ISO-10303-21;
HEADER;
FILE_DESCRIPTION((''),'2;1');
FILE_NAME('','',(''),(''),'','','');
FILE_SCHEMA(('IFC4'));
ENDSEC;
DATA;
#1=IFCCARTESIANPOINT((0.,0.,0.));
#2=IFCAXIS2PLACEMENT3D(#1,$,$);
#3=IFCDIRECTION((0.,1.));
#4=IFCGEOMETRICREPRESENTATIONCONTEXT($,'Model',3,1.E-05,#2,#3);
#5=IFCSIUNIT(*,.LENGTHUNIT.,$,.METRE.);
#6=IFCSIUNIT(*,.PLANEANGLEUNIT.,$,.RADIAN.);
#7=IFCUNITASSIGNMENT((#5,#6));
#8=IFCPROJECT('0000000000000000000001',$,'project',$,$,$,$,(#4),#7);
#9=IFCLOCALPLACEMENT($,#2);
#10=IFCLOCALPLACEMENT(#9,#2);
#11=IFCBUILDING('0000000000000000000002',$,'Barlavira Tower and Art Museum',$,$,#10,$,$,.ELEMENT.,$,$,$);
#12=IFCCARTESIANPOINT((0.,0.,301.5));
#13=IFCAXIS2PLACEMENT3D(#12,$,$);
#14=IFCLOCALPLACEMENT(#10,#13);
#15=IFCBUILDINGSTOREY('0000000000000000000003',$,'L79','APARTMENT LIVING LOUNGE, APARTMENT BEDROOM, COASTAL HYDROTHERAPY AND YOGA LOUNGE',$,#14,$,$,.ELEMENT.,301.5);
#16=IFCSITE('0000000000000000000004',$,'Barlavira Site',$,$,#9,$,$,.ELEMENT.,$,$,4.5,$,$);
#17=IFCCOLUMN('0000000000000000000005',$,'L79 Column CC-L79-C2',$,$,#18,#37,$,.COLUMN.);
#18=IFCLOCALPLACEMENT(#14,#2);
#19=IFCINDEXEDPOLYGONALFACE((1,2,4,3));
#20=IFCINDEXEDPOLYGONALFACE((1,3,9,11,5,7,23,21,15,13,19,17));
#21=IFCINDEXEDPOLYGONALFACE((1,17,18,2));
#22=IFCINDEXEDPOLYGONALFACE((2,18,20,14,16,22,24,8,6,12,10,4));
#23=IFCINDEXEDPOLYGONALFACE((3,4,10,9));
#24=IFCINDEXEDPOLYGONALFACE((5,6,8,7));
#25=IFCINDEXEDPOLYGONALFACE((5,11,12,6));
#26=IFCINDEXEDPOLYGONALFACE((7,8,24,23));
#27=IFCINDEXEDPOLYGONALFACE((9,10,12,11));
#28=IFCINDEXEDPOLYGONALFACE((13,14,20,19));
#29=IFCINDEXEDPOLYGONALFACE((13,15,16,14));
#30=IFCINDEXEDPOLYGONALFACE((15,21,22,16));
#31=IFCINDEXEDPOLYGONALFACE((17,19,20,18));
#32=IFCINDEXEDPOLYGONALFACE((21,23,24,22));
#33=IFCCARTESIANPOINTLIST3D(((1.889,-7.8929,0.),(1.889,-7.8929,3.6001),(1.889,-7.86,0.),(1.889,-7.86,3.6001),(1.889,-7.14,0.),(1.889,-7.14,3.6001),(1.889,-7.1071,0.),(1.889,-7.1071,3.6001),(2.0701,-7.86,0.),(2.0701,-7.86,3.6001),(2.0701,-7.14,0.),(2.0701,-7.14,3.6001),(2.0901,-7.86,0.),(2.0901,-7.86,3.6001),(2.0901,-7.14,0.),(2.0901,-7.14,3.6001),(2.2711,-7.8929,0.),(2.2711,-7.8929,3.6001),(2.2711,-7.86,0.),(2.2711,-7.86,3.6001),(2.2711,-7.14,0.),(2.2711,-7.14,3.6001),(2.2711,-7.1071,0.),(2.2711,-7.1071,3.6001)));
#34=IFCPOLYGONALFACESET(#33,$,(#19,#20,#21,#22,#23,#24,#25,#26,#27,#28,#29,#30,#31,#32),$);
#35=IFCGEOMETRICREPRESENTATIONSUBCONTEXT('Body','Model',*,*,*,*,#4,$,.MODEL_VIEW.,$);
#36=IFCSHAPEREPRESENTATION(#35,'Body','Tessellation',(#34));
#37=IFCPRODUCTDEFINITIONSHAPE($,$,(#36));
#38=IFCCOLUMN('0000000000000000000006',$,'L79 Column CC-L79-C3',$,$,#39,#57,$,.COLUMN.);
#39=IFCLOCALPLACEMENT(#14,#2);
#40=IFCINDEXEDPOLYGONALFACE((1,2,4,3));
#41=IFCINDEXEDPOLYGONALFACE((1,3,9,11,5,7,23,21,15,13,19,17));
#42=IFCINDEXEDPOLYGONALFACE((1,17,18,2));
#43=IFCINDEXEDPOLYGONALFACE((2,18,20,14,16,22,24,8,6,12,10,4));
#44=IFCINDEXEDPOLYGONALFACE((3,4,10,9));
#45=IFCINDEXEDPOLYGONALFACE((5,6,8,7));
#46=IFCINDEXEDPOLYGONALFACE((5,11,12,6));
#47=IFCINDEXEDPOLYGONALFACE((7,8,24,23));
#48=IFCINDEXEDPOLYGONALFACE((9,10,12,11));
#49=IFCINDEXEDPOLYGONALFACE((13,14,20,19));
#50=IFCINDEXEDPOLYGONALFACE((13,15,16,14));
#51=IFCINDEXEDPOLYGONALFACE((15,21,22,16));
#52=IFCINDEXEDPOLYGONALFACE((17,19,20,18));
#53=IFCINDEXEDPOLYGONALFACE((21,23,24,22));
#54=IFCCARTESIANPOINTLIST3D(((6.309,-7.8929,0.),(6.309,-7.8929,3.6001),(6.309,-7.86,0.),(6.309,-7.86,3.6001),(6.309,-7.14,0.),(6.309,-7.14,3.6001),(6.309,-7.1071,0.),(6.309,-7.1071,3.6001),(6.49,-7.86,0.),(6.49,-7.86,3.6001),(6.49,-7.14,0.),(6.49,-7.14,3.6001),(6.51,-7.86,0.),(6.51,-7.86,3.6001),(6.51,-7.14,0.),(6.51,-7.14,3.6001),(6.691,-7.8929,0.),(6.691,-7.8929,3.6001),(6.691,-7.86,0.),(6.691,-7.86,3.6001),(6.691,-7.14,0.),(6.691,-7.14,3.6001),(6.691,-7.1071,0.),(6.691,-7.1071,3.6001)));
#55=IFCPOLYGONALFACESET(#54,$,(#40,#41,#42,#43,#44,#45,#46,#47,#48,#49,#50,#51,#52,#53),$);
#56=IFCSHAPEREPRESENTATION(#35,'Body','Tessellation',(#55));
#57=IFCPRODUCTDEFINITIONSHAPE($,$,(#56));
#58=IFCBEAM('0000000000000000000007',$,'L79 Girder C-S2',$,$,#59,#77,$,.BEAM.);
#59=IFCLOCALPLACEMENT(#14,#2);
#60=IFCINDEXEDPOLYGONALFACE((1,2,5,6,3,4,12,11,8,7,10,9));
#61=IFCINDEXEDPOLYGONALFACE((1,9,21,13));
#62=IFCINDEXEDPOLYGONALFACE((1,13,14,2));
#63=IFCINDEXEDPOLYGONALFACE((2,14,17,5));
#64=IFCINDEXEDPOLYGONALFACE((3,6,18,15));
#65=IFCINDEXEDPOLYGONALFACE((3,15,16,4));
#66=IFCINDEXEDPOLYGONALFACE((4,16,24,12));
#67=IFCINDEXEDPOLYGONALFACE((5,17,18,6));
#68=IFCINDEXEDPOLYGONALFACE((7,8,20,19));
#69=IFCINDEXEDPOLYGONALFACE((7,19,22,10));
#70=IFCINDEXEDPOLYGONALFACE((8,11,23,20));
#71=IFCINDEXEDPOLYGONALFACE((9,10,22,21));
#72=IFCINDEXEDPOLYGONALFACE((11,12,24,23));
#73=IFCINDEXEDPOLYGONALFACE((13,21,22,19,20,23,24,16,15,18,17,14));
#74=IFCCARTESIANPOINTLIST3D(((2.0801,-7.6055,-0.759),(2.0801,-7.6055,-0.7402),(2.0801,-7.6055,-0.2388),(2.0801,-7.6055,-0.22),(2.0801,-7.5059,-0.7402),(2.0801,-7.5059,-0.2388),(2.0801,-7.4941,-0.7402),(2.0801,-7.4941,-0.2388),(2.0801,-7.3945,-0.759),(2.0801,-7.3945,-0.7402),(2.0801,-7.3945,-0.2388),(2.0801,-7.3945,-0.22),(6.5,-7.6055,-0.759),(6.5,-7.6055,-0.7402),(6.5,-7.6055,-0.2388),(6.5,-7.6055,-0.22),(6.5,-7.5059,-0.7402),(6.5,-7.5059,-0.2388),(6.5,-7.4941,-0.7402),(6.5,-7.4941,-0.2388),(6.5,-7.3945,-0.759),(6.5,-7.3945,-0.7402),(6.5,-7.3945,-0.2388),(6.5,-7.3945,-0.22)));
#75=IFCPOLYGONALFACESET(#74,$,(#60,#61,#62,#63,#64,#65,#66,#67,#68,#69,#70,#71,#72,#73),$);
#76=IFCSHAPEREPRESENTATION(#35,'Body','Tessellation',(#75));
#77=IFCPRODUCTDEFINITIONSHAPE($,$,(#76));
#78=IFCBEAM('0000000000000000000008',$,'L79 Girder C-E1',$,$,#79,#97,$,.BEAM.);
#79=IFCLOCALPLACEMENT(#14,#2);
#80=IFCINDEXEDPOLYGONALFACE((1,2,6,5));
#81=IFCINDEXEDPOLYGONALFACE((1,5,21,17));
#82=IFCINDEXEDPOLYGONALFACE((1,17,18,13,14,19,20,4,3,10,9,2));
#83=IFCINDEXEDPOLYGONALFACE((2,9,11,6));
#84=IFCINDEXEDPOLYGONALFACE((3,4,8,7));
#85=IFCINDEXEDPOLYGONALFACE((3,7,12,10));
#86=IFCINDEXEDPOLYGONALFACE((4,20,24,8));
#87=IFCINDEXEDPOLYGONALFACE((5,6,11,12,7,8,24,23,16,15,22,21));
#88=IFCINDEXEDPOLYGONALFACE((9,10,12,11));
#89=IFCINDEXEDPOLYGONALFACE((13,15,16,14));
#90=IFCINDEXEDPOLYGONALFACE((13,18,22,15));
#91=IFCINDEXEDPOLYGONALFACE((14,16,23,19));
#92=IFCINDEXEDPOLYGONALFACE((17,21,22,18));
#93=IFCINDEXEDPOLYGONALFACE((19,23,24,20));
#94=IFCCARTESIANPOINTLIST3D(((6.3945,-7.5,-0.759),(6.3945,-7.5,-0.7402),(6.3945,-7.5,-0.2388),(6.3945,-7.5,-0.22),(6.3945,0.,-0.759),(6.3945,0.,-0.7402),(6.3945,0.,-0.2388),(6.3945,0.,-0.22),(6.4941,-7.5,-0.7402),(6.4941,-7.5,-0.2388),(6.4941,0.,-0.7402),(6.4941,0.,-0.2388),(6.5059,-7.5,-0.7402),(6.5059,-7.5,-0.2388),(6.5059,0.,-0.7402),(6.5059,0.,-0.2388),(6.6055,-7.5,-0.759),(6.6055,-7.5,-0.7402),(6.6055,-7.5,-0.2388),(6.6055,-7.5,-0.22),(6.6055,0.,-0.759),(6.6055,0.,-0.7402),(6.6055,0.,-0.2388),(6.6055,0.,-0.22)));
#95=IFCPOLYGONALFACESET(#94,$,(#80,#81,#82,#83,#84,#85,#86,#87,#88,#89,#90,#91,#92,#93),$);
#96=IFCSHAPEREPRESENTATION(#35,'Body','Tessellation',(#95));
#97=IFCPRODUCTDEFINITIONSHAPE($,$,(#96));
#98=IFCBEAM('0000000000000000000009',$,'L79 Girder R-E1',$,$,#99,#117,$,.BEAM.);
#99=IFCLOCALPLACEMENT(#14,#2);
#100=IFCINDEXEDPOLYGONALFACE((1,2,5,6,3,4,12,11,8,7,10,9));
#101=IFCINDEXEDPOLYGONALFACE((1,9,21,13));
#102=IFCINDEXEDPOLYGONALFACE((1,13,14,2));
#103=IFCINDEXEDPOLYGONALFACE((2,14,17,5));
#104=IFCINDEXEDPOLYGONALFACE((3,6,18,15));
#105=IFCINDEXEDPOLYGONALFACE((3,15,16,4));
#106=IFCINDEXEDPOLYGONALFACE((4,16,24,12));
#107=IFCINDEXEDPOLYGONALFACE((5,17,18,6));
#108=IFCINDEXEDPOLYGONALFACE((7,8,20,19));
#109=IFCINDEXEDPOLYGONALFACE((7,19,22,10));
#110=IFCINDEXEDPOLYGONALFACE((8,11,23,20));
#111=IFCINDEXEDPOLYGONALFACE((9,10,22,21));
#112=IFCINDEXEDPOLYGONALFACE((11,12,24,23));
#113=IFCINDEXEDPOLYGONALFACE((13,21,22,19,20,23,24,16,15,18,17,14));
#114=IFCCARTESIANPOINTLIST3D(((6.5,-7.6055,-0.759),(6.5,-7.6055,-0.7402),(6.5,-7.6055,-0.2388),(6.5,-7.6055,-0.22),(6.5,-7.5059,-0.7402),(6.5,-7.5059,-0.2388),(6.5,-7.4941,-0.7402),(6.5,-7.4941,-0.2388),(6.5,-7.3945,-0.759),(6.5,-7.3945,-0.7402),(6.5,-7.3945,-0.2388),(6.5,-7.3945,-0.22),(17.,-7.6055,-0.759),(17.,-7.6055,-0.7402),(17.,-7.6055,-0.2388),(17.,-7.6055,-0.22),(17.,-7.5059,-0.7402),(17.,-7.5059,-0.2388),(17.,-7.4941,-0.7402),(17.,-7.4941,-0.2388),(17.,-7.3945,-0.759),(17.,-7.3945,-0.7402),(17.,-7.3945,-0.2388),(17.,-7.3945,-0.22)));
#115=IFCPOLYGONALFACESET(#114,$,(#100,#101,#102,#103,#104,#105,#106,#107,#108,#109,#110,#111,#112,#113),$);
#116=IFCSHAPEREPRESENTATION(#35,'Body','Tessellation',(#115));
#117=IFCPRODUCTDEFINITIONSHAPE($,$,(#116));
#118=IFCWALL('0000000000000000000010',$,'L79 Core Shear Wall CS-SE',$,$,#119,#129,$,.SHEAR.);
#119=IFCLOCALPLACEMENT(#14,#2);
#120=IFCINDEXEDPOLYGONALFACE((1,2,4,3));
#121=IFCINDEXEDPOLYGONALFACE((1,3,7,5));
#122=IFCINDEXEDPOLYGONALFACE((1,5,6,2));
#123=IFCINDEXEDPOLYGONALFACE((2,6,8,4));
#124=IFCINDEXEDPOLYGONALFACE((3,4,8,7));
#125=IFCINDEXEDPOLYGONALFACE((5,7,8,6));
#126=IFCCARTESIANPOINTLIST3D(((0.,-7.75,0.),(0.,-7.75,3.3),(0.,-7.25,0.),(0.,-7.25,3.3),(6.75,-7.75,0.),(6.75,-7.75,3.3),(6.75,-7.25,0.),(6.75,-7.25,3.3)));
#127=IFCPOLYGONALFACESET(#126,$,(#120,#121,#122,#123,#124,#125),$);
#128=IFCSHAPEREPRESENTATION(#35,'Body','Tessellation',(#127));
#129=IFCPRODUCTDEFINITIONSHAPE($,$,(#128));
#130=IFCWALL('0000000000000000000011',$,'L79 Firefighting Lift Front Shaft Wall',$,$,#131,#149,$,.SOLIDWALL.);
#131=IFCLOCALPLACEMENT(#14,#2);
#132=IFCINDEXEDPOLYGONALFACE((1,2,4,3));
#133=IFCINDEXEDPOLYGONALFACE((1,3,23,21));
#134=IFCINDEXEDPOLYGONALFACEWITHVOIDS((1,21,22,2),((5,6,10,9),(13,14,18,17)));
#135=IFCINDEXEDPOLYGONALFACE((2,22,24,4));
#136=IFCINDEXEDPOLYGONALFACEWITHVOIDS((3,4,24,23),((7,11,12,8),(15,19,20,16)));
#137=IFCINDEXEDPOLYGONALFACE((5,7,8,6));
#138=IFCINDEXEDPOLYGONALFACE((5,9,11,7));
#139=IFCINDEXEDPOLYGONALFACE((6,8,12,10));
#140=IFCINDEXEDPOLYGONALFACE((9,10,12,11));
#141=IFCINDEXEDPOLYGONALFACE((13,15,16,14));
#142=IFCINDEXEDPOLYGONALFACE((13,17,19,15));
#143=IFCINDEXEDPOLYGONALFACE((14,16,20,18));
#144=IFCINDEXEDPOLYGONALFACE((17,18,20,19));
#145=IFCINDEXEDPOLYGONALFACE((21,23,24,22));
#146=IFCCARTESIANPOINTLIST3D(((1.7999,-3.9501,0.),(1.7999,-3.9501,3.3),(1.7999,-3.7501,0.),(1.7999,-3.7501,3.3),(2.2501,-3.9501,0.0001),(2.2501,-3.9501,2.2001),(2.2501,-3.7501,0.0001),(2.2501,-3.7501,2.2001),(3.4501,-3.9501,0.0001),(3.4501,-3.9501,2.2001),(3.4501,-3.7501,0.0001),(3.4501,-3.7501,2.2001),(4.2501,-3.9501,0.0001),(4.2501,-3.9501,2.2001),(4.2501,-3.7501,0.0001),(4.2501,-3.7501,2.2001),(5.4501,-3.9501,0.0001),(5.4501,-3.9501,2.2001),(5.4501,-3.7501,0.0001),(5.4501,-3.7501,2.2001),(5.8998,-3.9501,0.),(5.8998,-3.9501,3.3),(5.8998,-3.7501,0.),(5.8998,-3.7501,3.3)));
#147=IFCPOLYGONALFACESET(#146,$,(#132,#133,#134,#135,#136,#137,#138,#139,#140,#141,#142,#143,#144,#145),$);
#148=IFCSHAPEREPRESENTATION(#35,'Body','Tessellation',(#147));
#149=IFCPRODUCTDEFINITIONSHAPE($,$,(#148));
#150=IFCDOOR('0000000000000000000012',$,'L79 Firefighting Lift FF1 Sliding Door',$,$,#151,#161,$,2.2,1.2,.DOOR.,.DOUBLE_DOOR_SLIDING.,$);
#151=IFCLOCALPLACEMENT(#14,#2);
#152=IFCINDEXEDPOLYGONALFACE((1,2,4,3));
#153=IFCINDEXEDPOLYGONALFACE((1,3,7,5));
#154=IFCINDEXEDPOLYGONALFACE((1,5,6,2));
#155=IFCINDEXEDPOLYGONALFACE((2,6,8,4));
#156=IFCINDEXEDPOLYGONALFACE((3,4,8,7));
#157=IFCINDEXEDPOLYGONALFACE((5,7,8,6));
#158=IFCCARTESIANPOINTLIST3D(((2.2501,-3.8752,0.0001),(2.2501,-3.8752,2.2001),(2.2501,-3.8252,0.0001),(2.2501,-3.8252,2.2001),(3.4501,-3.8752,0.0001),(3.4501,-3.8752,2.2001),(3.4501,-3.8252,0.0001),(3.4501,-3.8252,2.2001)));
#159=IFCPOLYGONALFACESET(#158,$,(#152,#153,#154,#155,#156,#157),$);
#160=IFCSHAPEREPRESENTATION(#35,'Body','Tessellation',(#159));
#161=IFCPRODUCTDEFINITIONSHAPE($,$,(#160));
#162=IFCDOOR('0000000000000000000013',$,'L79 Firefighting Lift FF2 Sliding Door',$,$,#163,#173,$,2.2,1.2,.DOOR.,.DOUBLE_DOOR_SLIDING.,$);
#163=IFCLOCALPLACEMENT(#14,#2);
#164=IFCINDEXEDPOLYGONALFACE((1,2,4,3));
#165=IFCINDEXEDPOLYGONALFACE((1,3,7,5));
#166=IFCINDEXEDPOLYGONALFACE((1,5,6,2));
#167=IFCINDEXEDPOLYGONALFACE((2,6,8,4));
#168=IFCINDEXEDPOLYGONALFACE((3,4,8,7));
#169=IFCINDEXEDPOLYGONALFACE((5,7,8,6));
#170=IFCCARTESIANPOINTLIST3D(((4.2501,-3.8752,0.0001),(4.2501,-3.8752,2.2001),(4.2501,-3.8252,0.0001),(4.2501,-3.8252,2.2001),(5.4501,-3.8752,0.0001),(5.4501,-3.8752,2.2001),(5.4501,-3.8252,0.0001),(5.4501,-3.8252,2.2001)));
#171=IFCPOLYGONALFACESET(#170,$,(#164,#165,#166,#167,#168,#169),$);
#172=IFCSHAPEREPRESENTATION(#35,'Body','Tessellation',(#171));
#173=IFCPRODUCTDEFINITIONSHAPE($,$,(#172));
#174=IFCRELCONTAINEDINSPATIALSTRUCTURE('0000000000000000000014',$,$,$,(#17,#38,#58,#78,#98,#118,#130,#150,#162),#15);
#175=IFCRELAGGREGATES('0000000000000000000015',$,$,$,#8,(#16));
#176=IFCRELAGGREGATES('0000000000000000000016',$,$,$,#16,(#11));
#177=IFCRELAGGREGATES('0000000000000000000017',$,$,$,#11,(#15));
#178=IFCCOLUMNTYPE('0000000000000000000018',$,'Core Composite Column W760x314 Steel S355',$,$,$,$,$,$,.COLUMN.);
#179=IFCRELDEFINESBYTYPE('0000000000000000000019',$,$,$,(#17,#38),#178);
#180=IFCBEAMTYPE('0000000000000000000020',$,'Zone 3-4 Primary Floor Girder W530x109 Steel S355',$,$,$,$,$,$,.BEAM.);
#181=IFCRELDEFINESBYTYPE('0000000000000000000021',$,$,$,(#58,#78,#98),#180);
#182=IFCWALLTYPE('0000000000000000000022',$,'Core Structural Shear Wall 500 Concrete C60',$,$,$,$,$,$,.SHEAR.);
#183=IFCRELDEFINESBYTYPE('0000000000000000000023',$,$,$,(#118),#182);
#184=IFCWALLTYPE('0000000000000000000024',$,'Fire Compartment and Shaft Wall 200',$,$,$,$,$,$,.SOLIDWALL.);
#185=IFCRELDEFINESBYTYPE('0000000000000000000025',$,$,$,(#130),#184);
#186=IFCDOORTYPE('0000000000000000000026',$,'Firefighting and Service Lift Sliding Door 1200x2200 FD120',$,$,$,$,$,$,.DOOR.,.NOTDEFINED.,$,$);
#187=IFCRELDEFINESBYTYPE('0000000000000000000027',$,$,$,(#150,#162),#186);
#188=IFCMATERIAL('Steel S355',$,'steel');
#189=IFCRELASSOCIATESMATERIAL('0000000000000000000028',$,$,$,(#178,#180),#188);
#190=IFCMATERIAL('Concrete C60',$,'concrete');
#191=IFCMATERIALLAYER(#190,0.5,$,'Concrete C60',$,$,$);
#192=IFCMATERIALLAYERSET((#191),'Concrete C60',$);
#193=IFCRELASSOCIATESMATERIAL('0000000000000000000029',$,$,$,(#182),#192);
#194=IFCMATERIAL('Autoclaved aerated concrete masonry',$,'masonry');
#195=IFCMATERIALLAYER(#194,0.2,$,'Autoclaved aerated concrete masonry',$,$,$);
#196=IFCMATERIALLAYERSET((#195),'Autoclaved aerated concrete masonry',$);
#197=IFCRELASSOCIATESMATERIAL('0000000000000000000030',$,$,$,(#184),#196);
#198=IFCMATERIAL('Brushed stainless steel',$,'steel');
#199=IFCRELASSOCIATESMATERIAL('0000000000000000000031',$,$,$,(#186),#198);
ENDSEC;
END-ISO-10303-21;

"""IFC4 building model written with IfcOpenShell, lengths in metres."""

from ifc_helpers import new_model, si_unit, direction, frame, frame_2d, origin, origin_2d, place, context, subcontext, project, spatial, rectangle, i_section, extrude, material, layer, layer_set, material_profile, profile_set, type_object, element, fill, save


model = new_model("IFC4")

# Units and contexts
model_context = context("Model", 3, precision=1e-05, world=origin(), true_north=direction((0.0, 1.0)))
body_context = subcontext(model_context, "Body", "Model", "MODEL_VIEW")
ifc_project = project(units=[si_unit("LENGTHUNIT", "METRE"), si_unit("PLANEANGLEUNIT", "RADIAN")], contexts=[model_context])

# Site, building, storey
site_placement = place(None, origin())
site = spatial("IfcSite", under=ifc_project, at=site_placement, Name="Barlavira Site", CompositionType="ELEMENT", RefElevation=4.5)
building_placement = place(site_placement, origin())
building = spatial("IfcBuilding", under=site, at=building_placement, Name="Barlavira Tower and Art Museum", CompositionType="ELEMENT")
storey_placement = place(building_placement, frame((0.0, 0.0, 301.5)))
storey = spatial("IfcBuildingStorey", under=building, at=storey_placement, Name="L79", Description="APARTMENT LIVING LOUNGE, APARTMENT BEDROOM, COASTAL HYDROTHERAPY AND YOGA LOUNGE", CompositionType="ELEMENT", Elevation=301.5)

# Columns
ifc_material_1 = material(Name="Steel S355", Category="steel")
ifc_material_profile_1 = material_profile(ifc_material_1, i_section(OverallWidth=0.3821, OverallDepth=0.7859, WebThickness=0.02, FlangeThickness=0.033, at=origin_2d()), Name="W760x314.0")
ifc_profile_set_1 = profile_set([ifc_material_profile_1], Name="Steel S355")
column_type = type_object("IfcColumnType", Name="Core Composite Column W760x314 Steel S355", PredefinedType="COLUMN", material=ifc_profile_set_1)
for number, where, z_axis, x_axis, name in (
    (1, (2.0801, -7.5, 0.0), (0.0, 0.0, 1.0), (1.0, 0.0, 0.0), "L79 Column CC-L79-C2"),
    (2, (6.5, -7.5, 0.0), (0.0, 0.0, 1.0), (1.0, 0.0, 0.0), "L79 Column CC-L79-C3"),
):
    element("IfcColumn", number, at=place(storey_placement, frame(where, z_axis=z_axis, x_axis=x_axis)), inside=storey, type_object=column_type, Name=name, PredefinedType="COLUMN", context=body_context, shape_type="SweptSolid", body=[
        extrude(i_section(OverallWidth=0.3821, OverallDepth=0.7859, WebThickness=0.02, FlangeThickness=0.033, at=origin_2d()), origin(), (0.0, 0.0, 1.0), 3.6001),
    ])

# Beams
ifc_material_profile_2 = material_profile(ifc_material_1, i_section(OverallWidth=0.2109, OverallDepth=0.5391, WebThickness=0.0117, FlangeThickness=0.0188, at=origin_2d()), Name="W530x109.0")
ifc_profile_set_2 = profile_set([ifc_material_profile_2], Name="Steel S355")
beam_type = type_object("IfcBeamType", Name="Zone 3-4 Primary Floor Girder W530x109 Steel S355", PredefinedType="BEAM", material=ifc_profile_set_2)
beam_1_placement = place(storey_placement, frame((2.0801, -7.5, -0.4895), z_axis=(1.0, 0.0, 0.0), x_axis=(0.0, 1.0, 0.0)))
element("IfcBeam", 3, at=beam_1_placement, inside=storey, type_object=beam_type, Name="L79 Girder C-S2", PredefinedType="BEAM", context=body_context, shape_type="SweptSolid", body=[
    extrude(i_section(OverallWidth=0.2109, OverallDepth=0.5391, WebThickness=0.0117, FlangeThickness=0.0188, at=origin_2d()), origin(), (0.0, 0.0, 1.0), 4.4199),
])
beam_2_placement = place(storey_placement, frame((6.5, -7.5, -0.4895), z_axis=(0.0, 1.0, 0.0), x_axis=(-1.0, 0.0, 0.0)))
element("IfcBeam", 4, at=beam_2_placement, inside=storey, type_object=beam_type, Name="L79 Girder C-E1", PredefinedType="BEAM", context=body_context, shape_type="SweptSolid", body=[
    extrude(i_section(OverallWidth=0.2109, OverallDepth=0.5391, WebThickness=0.0117, FlangeThickness=0.0188, at=origin_2d()), origin(), (0.0, 0.0, 1.0), 7.5),
])
beam_3_placement = place(storey_placement, frame((6.5, -7.5, -0.4895), z_axis=(1.0, 0.0, 0.0), x_axis=(0.0, 1.0, 0.0)))
element("IfcBeam", 5, at=beam_3_placement, inside=storey, type_object=beam_type, Name="L79 Girder R-E1", PredefinedType="BEAM", context=body_context, shape_type="SweptSolid", body=[
    extrude(i_section(OverallWidth=0.2109, OverallDepth=0.5391, WebThickness=0.0117, FlangeThickness=0.0188, at=origin_2d()), origin(), (0.0, 0.0, 1.0), 10.5),
])

# Wall
ifc_material_2 = material(Name="Concrete C60", Category="concrete")
ifc_layer_1 = layer(ifc_material_2, 0.5, Name="Concrete C60")
ifc_layer_set_1 = layer_set([ifc_layer_1], Name="Concrete C60")
wall_type_1 = type_object("IfcWallType", Name="Core Structural Shear Wall 500 Concrete C60", PredefinedType="SHEAR", material=ifc_layer_set_1)
wall_1_placement = place(storey_placement, frame((0.0, -7.5, 0.0), z_axis=(0.0, 0.0, 1.0), x_axis=(1.0, 0.0, 0.0)))
element("IfcWall", 6, at=wall_1_placement, inside=storey, type_object=wall_type_1, Name="L79 Core Shear Wall CS-SE", PredefinedType="SHEAR", context=body_context, shape_type="SweptSolid", body=[
    extrude(rectangle(XDim=6.75, YDim=0.5, at=frame_2d((3.375, 0.0))), origin(), (0.0, 0.0, 1.0), 3.3),
])

# Shared definitions
ifc_material_3 = material(Name="Brushed stainless steel", Category="steel")

# Wall, openings, doors
ifc_material_4 = material(Name="Autoclaved aerated concrete masonry", Category="masonry")
ifc_layer_2 = layer(ifc_material_4, 0.2, Name="Autoclaved aerated concrete masonry")
ifc_layer_set_2 = layer_set([ifc_layer_2], Name="Autoclaved aerated concrete masonry")
wall_type_2 = type_object("IfcWallType", Name="Fire Compartment and Shaft Wall 200", PredefinedType="SOLIDWALL", material=ifc_layer_set_2)
wall_2_placement = place(storey_placement, frame((1.8, -3.8501, 0.0), z_axis=(0.0, 0.0, 1.0), x_axis=(1.0, 0.0, 0.0)))
wall_2 = element("IfcWall", 7, at=wall_2_placement, inside=storey, type_object=wall_type_2, Name="L79 Firefighting Lift Front Shaft Wall", PredefinedType="SOLIDWALL", context=body_context, shape_type="SweptSolid", body=[
    extrude(rectangle(XDim=4.0999, YDim=0.2, at=frame_2d((2.0498, 0.0))), origin(), (0.0, 0.0, 1.0), 3.3),
])
opening_1_placement = place(wall_2_placement, frame((0.45, 0.0, 0.0)))
opening_1 = element("IfcOpeningElement", 8, at=opening_1_placement, cuts=wall_2, PredefinedType="OPENING", context=body_context, shape_type="SweptSolid", body=[
    extrude(rectangle(XDim=1.2, YDim=2.2, at=frame_2d((0.6001, 1.1001))), frame((0.0, 0.1099, 0.0), z_axis=(0.0, -1.0, 0.0), x_axis=(1.0, 0.0, 0.0)), (0.0, 0.0, 1.0), 0.22),
])
opening_2_placement = place(wall_2_placement, frame((2.45, 0.0, 0.0)))
opening_2 = element("IfcOpeningElement", 9, at=opening_2_placement, cuts=wall_2, PredefinedType="OPENING", context=body_context, shape_type="SweptSolid", body=[
    extrude(rectangle(XDim=1.2, YDim=2.2, at=frame_2d((0.6001, 1.1001))), frame((0.0, 0.1099, 0.0), z_axis=(0.0, -1.0, 0.0), x_axis=(1.0, 0.0, 0.0)), (0.0, 0.0, 1.0), 0.22),
])
door_type_1 = type_object("IfcDoorType", Name="Firefighting and Service Lift Sliding Door 1200x2200 FD120", OperationType="NOTDEFINED", PredefinedType="DOOR", material=ifc_material_3)
door_1_placement = place(opening_1_placement, origin())
door_1 = element("IfcDoor", 10, at=door_1_placement, inside=storey, type_object=door_type_1, Name="L79 Firefighting Lift FF1 Sliding Door", OperationType="DOUBLE_DOOR_SLIDING", OverallHeight=2.2, OverallWidth=1.2, PredefinedType="DOOR", context=body_context, shape_type="SweptSolid", body=[
    extrude(rectangle(XDim=1.2, YDim=2.2, at=frame_2d((0.6001, 1.1001))), frame((0.0, 0.0249, 0.0), z_axis=(0.0, -1.0, 0.0), x_axis=(1.0, 0.0, 0.0)), (0.0, 0.0, 1.0), 0.05),
])
fill(opening_1, door_1)
door_2_placement = place(opening_2_placement, origin())
door_2 = element("IfcDoor", 11, at=door_2_placement, inside=storey, type_object=door_type_1, Name="L79 Firefighting Lift FF2 Sliding Door", OperationType="DOUBLE_DOOR_SLIDING", OverallHeight=2.2, OverallWidth=1.2, PredefinedType="DOOR", context=body_context, shape_type="SweptSolid", body=[
    extrude(rectangle(XDim=1.2, YDim=2.2, at=frame_2d((0.6001, 1.1001))), frame((0.0, 0.0249, 0.0), z_axis=(0.0, -1.0, 0.0), x_axis=(1.0, 0.0, 0.0)), (0.0, 0.0, 1.0), 0.05),
])
fill(opening_2, door_2)

save(model, "model.ifc")
